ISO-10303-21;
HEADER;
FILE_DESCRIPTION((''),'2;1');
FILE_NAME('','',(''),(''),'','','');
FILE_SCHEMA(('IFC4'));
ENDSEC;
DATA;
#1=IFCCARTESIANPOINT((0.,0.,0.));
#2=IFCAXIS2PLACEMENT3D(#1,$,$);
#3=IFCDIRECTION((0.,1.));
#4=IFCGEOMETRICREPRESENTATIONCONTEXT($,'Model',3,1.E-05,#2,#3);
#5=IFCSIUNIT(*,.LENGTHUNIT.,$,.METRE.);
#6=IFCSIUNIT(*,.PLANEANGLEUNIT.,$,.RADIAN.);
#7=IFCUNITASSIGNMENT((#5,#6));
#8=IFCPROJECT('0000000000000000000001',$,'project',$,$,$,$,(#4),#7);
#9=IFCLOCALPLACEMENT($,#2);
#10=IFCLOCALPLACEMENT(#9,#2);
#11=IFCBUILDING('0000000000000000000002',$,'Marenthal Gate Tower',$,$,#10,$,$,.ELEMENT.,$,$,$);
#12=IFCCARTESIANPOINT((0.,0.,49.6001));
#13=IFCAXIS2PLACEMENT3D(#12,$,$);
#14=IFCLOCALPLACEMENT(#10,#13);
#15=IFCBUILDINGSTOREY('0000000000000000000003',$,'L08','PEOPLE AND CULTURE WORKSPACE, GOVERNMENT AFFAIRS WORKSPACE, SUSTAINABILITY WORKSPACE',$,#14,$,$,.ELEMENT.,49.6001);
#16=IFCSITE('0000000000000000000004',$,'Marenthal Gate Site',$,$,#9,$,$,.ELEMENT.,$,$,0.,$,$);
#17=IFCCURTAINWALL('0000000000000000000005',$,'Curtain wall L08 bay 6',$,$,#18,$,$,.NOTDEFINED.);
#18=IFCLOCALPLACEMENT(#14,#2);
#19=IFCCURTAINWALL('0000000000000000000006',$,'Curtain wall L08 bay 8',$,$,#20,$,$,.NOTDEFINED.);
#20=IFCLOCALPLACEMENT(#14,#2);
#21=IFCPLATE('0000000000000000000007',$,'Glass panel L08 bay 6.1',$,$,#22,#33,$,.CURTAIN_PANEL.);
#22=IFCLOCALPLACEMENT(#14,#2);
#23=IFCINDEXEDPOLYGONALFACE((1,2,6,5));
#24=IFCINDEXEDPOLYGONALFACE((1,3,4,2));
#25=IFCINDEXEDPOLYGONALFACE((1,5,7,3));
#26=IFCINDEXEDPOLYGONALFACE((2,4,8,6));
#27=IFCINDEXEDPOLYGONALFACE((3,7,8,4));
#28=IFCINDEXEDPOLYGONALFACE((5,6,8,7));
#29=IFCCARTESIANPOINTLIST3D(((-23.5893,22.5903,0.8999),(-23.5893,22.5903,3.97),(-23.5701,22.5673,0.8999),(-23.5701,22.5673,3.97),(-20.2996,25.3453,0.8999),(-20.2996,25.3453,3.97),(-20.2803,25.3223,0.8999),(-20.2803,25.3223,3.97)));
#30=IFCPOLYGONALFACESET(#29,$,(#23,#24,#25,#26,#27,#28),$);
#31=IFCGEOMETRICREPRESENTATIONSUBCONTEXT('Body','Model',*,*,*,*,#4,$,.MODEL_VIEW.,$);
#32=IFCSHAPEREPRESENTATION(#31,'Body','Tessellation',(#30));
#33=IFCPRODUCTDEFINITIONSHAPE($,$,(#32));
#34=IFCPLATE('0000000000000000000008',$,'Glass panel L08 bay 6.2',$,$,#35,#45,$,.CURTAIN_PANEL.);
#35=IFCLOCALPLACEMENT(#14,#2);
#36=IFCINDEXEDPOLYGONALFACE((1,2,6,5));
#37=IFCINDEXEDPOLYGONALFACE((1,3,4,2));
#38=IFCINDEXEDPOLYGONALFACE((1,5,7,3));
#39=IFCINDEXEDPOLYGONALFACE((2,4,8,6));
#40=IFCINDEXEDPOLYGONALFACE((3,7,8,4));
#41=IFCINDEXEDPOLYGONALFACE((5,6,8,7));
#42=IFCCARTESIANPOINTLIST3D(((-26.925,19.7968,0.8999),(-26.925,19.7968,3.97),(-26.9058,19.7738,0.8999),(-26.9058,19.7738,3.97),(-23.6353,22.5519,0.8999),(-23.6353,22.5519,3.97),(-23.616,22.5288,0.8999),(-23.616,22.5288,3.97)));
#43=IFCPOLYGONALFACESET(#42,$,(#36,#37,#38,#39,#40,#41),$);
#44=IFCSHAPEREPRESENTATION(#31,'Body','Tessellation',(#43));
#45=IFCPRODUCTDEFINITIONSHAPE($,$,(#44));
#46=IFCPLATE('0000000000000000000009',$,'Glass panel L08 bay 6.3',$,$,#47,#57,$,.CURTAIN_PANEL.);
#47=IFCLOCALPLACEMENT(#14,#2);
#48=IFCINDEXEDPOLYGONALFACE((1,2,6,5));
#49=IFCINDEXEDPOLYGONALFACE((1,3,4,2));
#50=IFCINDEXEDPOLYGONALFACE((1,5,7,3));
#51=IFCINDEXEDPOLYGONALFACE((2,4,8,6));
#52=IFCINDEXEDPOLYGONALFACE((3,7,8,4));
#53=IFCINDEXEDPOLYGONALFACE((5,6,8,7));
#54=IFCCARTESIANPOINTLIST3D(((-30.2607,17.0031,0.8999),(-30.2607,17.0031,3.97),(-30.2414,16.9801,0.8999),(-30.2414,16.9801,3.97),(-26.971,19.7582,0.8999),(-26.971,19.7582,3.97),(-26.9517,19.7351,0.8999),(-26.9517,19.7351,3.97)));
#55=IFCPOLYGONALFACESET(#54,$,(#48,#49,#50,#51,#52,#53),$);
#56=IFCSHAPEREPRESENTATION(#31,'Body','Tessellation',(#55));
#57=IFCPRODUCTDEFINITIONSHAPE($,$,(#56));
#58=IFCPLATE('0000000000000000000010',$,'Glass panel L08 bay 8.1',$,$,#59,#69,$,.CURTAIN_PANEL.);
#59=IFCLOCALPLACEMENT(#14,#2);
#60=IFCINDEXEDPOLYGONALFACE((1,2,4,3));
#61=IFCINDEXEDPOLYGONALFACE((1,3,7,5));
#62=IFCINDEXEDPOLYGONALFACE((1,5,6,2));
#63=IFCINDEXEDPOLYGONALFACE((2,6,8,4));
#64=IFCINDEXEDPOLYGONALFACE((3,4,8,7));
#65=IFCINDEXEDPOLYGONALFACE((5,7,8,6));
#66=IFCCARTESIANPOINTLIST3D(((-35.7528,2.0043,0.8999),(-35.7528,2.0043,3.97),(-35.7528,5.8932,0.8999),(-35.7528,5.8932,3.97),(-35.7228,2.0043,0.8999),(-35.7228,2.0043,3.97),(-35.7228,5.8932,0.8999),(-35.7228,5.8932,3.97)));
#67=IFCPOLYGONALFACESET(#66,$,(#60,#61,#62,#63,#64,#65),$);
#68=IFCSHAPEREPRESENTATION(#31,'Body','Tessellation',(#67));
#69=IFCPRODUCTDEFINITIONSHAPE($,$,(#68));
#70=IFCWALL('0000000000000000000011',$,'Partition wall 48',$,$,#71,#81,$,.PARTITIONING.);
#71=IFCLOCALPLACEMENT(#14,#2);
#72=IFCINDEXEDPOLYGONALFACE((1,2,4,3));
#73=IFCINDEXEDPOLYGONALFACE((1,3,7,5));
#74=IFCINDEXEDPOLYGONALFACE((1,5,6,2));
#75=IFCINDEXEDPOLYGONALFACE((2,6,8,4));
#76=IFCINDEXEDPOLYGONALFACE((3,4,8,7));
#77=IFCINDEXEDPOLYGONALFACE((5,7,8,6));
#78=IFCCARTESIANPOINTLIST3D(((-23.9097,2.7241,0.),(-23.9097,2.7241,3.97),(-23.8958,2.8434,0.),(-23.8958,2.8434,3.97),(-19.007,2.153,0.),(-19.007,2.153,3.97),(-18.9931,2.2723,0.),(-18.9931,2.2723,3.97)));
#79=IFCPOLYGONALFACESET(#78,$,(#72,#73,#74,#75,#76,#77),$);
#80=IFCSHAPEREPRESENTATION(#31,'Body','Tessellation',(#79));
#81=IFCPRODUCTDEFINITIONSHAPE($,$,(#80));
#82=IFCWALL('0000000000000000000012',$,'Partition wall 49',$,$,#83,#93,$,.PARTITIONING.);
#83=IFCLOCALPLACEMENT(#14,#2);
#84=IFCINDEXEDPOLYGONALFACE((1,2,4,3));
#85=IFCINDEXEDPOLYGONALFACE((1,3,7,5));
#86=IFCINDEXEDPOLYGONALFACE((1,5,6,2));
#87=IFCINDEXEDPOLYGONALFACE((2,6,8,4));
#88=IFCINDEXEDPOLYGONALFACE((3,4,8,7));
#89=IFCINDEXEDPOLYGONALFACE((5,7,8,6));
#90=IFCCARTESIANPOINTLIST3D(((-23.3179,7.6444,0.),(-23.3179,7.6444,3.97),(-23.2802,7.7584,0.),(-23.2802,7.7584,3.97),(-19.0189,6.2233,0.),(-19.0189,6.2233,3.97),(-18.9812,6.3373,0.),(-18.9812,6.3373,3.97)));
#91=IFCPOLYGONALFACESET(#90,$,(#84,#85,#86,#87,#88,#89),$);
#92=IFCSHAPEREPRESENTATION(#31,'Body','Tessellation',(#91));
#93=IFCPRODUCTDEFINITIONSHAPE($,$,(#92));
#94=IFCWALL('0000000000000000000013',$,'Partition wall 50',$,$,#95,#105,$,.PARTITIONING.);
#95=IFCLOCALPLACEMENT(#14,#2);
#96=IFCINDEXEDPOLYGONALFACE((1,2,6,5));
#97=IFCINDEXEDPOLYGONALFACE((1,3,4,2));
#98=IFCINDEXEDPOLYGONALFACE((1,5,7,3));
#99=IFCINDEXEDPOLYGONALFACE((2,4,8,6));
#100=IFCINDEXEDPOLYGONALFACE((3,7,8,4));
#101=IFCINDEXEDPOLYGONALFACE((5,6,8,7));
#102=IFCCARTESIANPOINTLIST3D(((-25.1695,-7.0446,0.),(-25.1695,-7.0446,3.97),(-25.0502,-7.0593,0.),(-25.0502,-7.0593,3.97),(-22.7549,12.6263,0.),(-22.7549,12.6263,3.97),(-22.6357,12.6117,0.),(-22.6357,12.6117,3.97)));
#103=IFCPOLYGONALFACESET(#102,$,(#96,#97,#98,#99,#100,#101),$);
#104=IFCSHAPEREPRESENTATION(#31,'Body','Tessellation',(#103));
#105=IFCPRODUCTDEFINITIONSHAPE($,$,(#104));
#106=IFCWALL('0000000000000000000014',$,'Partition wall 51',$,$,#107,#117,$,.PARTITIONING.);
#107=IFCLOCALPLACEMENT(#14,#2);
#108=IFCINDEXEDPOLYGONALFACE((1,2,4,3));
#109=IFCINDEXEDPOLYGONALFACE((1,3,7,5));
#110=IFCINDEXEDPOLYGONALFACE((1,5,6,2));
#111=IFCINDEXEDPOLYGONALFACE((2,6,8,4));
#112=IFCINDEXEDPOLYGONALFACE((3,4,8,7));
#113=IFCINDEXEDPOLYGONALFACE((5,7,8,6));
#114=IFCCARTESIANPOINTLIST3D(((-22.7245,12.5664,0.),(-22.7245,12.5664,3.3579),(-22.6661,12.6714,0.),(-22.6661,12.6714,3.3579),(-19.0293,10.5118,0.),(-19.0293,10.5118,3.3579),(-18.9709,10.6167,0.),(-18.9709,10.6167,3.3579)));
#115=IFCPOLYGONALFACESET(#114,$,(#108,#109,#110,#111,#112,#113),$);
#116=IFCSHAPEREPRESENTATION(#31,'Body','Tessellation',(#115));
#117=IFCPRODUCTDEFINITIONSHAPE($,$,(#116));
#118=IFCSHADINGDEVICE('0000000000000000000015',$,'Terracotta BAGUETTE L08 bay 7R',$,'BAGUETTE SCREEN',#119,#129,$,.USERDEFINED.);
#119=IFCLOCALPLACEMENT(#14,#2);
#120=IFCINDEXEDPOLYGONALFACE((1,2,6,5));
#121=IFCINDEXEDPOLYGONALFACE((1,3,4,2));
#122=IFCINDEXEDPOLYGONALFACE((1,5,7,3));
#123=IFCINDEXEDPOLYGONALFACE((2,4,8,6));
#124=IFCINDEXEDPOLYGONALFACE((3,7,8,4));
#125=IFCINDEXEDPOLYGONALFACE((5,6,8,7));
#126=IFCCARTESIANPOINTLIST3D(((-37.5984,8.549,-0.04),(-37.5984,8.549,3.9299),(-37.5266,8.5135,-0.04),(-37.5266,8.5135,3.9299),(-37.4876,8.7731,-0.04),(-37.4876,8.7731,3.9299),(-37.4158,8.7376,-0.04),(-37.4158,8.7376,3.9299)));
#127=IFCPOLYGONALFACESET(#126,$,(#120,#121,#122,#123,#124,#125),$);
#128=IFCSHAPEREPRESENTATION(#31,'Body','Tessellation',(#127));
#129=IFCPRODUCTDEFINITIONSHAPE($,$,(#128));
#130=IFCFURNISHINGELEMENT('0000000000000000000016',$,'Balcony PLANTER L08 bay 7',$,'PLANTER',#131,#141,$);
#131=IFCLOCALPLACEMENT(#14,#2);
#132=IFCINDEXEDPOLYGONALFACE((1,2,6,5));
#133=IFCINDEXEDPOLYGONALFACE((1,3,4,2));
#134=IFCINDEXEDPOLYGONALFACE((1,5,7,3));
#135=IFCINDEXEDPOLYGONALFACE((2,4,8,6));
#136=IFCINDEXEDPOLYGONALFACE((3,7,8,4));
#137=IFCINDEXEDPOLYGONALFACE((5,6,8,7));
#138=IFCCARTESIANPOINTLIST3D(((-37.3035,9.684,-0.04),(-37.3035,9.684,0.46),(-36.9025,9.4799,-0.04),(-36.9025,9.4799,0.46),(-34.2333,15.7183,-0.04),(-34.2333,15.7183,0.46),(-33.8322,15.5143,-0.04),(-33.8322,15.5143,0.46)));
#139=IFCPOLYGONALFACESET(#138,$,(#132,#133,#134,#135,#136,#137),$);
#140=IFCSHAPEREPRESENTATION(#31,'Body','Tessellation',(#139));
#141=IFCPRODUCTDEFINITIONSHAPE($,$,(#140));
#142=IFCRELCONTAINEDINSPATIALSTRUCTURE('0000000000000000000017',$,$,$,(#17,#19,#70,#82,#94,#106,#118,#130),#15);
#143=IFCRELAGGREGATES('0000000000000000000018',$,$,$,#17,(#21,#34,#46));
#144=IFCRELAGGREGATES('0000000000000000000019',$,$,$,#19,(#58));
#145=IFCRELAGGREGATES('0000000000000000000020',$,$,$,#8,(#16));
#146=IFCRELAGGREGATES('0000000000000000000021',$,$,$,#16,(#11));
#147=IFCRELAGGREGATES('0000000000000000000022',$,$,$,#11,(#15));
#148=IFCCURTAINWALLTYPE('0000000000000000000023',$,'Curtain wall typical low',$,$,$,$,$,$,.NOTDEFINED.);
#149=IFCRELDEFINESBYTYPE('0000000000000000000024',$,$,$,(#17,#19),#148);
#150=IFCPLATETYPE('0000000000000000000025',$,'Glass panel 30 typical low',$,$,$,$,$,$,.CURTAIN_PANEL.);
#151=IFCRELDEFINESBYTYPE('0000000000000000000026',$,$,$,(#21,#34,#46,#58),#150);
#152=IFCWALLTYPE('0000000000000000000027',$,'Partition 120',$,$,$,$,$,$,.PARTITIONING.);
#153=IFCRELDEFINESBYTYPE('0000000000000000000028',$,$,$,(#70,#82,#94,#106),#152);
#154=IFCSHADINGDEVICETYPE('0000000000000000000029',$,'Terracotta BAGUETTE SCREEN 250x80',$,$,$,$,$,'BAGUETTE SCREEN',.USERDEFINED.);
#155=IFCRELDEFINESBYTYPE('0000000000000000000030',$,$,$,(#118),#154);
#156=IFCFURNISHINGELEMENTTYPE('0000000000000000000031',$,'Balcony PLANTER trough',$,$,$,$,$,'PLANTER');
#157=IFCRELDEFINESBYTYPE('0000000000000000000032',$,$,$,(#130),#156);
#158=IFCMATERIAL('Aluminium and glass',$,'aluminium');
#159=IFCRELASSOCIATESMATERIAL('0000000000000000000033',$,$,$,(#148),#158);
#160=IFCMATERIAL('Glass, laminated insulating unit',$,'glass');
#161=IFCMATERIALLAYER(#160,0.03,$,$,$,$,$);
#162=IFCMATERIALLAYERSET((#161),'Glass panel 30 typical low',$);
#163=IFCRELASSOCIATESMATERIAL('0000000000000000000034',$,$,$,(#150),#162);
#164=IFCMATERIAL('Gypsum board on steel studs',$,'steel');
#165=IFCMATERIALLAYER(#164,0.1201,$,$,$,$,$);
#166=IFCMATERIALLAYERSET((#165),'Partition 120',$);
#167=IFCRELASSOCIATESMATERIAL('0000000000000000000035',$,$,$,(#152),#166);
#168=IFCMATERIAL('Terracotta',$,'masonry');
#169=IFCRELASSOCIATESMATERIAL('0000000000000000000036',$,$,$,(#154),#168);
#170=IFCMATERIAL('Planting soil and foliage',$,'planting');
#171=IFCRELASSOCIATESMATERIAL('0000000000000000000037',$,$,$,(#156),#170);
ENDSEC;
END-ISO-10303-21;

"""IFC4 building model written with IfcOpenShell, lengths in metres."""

from ifc_helpers import new_model, si_unit, direction, frame, frame_2d, origin, origin_2d, place, context, subcontext, project, spatial, rectangle, extrude, material, layer, layer_set, material_profile, profile_set, type_object, element, aggregate, save


model = new_model("IFC4")

# Units and contexts
model_context = context("Model", 3, precision=1e-05, world=origin(), true_north=direction((0.0, 1.0)))
body_context = subcontext(model_context, "Body", "Model", "MODEL_VIEW")
ifc_project = project(units=[si_unit("LENGTHUNIT", "METRE"), si_unit("PLANEANGLEUNIT", "RADIAN")], contexts=[model_context])

# Site, building, storey
site_placement = place(None, origin())
site = spatial("IfcSite", under=ifc_project, at=site_placement, Name="Marenthal Gate Site", CompositionType="ELEMENT", RefElevation=0.0)
building_placement = place(site_placement, origin())
building = spatial("IfcBuilding", under=site, at=building_placement, Name="Marenthal Gate Tower", CompositionType="ELEMENT")
storey_placement = place(building_placement, frame((0.0, 0.0, 49.6001)))
storey = spatial("IfcBuildingStorey", under=building, at=storey_placement, Name="L08", Description="PEOPLE AND CULTURE WORKSPACE, GOVERNMENT AFFAIRS WORKSPACE, SUSTAINABILITY WORKSPACE", CompositionType="ELEMENT", Elevation=49.6001)

# Curtain walls
ifc_material_1 = material(Name="Aluminium and glass", Category="aluminium")
curtain_wall_type = type_object("IfcCurtainWallType", Name="Curtain wall typical low", PredefinedType="NOTDEFINED", material=ifc_material_1)
curtain_wall_1_placement = place(storey_placement, origin())
curtain_wall_1 = element("IfcCurtainWall", 1, at=curtain_wall_1_placement, inside=storey, type_object=curtain_wall_type, Name="Curtain wall L08 bay 6", PredefinedType="NOTDEFINED")
curtain_wall_2_placement = place(storey_placement, origin())
curtain_wall_2 = element("IfcCurtainWall", 2, at=curtain_wall_2_placement, inside=storey, type_object=curtain_wall_type, Name="Curtain wall L08 bay 8", PredefinedType="NOTDEFINED")

# Plates
ifc_material_2 = material(Name="Glass, laminated insulating unit", Category="glass")
ifc_layer_1 = layer(ifc_material_2, 0.03)
ifc_layer_set_1 = layer_set([ifc_layer_1], Name="Glass panel 30 typical low")
plate_type = type_object("IfcPlateType", Name="Glass panel 30 typical low", PredefinedType="CURTAIN_PANEL", material=ifc_layer_set_1)
plate_1_placement = place(storey_placement, frame((-21.9348, 23.9563, 0.8999), z_axis=(0.0, 0.0, 1.0), x_axis=(-0.766665, -0.642047, 0.0)))
plate_1 = element("IfcPlate", 3, at=plate_1_placement, type_object=plate_type, Name="Glass panel L08 bay 6.1", PredefinedType="CURTAIN_PANEL", context=body_context, shape_type="SweptSolid", body=[
    extrude(rectangle(XDim=4.291, YDim=0.03, at=origin_2d()), origin(), (0.0, 0.0, 1.0), 3.0701),
])
plate_2_placement = place(storey_placement, frame((-25.2705, 21.1628, 0.8999), z_axis=(0.0, 0.0, 1.0), x_axis=(-0.766665, -0.642047, 0.0)))
plate_2 = element("IfcPlate", 4, at=plate_2_placement, type_object=plate_type, Name="Glass panel L08 bay 6.2", PredefinedType="CURTAIN_PANEL", context=body_context, shape_type="SweptSolid", body=[
    extrude(rectangle(XDim=4.291, YDim=0.03, at=origin_2d()), origin(), (0.0, 0.0, 1.0), 3.0701),
])
plate_3_placement = place(storey_placement, frame((-28.6062, 18.3691, 0.8999), z_axis=(0.0, 0.0, 1.0), x_axis=(-0.766665, -0.642047, 0.0)))
plate_3 = element("IfcPlate", 5, at=plate_3_placement, type_object=plate_type, Name="Glass panel L08 bay 6.3", PredefinedType="CURTAIN_PANEL", context=body_context, shape_type="SweptSolid", body=[
    extrude(rectangle(XDim=4.291, YDim=0.03, at=origin_2d()), origin(), (0.0, 0.0, 1.0), 3.0701),
])
aggregate(curtain_wall_1, [plate_1, plate_2, plate_3])
plate_4_placement = place(storey_placement, frame((-35.7378, 3.9487, 0.8999), z_axis=(0.0, 0.0, 1.0), x_axis=(0.0, -1.0, 0.0)))
plate_4 = element("IfcPlate", 6, at=plate_4_placement, type_object=plate_type, Name="Glass panel L08 bay 8.1", PredefinedType="CURTAIN_PANEL", context=body_context, shape_type="SweptSolid", body=[
    extrude(rectangle(XDim=3.8889, YDim=0.03, at=origin_2d()), origin(), (0.0, 0.0, 1.0), 3.0701),
])
aggregate(curtain_wall_2, [plate_4])

# Walls
ifc_material_3 = material(Name="Gypsum board on steel studs", Category="steel")
ifc_layer_2 = layer(ifc_material_3, 0.1201)
ifc_layer_set_2 = layer_set([ifc_layer_2], Name="Partition 120")
wall_type_1 = type_object("IfcWallType", Name="Partition 120", PredefinedType="PARTITIONING", material=ifc_layer_set_2)
wall_1_placement = place(storey_placement, frame((-23.9026, 2.7837, 0.0), z_axis=(0.0, 0.0, 1.0), x_axis=(0.993285, -0.115696, 0.0)))
element("IfcWall", 7, at=wall_1_placement, inside=storey, type_object=wall_type_1, Name="Partition wall 48", PredefinedType="PARTITIONING", context=body_context, shape_type="SweptSolid", body=[
    extrude(rectangle(XDim=4.9358, YDim=0.1201, at=frame_2d((2.4678, 0.0))), origin(), (0.0, 0.0, 1.0), 3.97),
])
wall_2_placement = place(storey_placement, frame((-23.2991, 7.7014, 0.0), z_axis=(0.0, 0.0, 1.0), x_axis=(0.949468, -0.313865, 0.0)))
element("IfcWall", 8, at=wall_2_placement, inside=storey, type_object=wall_type_1, Name="Partition wall 49", PredefinedType="PARTITIONING", context=body_context, shape_type="SweptSolid", body=[
    extrude(rectangle(XDim=4.5278, YDim=0.1201, at=frame_2d((2.2639, 0.0))), origin(), (0.0, 0.0, 1.0), 3.97),
])
wall_3_placement = place(storey_placement, frame((-22.6953, 12.6189, 0.0), z_axis=(0.0, 0.0, 1.0), x_axis=(-0.121833, -0.992551, 0.0)))
element("IfcWall", 9, at=wall_3_placement, inside=storey, type_object=wall_type_1, Name="Partition wall 50", PredefinedType="PARTITIONING", context=body_context, shape_type="SweptSolid", body=[
    extrude(rectangle(XDim=19.8186, YDim=0.1201, at=frame_2d((9.9092, 0.0))), origin(), (0.0, 0.0, 1.0), 3.97),
])
wall_4_placement = place(storey_placement, frame((-22.6953, 12.6189, 0.0), z_axis=(0.0, 0.0, 1.0), x_axis=(0.873983, -0.485957, 0.0)))
element("IfcWall", 10, at=wall_4_placement, inside=storey, type_object=wall_type_1, Name="Partition wall 51", PredefinedType="PARTITIONING", context=body_context, shape_type="SweptSolid", body=[
    extrude(rectangle(XDim=4.228, YDim=0.1201, at=frame_2d((2.114, 0.0))), origin(), (0.0, 0.0, 1.0), 3.3579),
])

# Shading device
ifc_material_4 = material(Name="Terracotta", Category="masonry")
ifc_material_profile_1 = material_profile(ifc_material_4, rectangle(XDim=0.25, YDim=0.0801, at=origin_2d()), Name="Terracotta baguette 250x80")
ifc_profile_set_1 = profile_set([ifc_material_profile_1], Name="Terracotta")
shading_device_type = type_object("IfcShadingDeviceType", Name="Terracotta BAGUETTE SCREEN 250x80", ElementType="BAGUETTE SCREEN", PredefinedType="USERDEFINED", material=ifc_profile_set_1)
shading_device_placement = place(storey_placement, frame((-37.5071, 8.6433, -0.04), z_axis=(0.0, 0.0, 1.0), x_axis=(-0.443058, -0.896493, 0.0)))
element("IfcShadingDevice", 11, at=shading_device_placement, inside=storey, type_object=shading_device_type, Name="Terracotta BAGUETTE L08 bay 7R", ObjectType="BAGUETTE SCREEN", PredefinedType="USERDEFINED", context=body_context, shape_type="SweptSolid", body=[
    extrude(rectangle(XDim=0.25, YDim=0.0801, at=origin_2d()), origin(), (0.0, 0.0, 1.0), 3.97),
])

# Furnishing element
ifc_material_5 = material(Name="Planting soil and foliage", Category="planting")
furnishing_element_type = type_object("IfcFurnishingElementType", Name="Balcony PLANTER trough", ElementType="PLANTER", material=ifc_material_5)
furnishing_placement = place(storey_placement, frame((-35.5679, 12.5991, -0.04), z_axis=(0.0, 0.0, 1.0), x_axis=(-0.453476, -0.891269, 0.0)))
element("IfcFurnishingElement", 12, at=furnishing_placement, inside=storey, type_object=furnishing_element_type, Name="Balcony PLANTER L08 bay 7", ObjectType="PLANTER", context=body_context, shape_type="SweptSolid", body=[
    extrude(rectangle(XDim=6.7705, YDim=0.45, at=origin_2d()), origin(), (0.0, 0.0, 1.0), 0.5),
])

save(model, "model.ifc")
